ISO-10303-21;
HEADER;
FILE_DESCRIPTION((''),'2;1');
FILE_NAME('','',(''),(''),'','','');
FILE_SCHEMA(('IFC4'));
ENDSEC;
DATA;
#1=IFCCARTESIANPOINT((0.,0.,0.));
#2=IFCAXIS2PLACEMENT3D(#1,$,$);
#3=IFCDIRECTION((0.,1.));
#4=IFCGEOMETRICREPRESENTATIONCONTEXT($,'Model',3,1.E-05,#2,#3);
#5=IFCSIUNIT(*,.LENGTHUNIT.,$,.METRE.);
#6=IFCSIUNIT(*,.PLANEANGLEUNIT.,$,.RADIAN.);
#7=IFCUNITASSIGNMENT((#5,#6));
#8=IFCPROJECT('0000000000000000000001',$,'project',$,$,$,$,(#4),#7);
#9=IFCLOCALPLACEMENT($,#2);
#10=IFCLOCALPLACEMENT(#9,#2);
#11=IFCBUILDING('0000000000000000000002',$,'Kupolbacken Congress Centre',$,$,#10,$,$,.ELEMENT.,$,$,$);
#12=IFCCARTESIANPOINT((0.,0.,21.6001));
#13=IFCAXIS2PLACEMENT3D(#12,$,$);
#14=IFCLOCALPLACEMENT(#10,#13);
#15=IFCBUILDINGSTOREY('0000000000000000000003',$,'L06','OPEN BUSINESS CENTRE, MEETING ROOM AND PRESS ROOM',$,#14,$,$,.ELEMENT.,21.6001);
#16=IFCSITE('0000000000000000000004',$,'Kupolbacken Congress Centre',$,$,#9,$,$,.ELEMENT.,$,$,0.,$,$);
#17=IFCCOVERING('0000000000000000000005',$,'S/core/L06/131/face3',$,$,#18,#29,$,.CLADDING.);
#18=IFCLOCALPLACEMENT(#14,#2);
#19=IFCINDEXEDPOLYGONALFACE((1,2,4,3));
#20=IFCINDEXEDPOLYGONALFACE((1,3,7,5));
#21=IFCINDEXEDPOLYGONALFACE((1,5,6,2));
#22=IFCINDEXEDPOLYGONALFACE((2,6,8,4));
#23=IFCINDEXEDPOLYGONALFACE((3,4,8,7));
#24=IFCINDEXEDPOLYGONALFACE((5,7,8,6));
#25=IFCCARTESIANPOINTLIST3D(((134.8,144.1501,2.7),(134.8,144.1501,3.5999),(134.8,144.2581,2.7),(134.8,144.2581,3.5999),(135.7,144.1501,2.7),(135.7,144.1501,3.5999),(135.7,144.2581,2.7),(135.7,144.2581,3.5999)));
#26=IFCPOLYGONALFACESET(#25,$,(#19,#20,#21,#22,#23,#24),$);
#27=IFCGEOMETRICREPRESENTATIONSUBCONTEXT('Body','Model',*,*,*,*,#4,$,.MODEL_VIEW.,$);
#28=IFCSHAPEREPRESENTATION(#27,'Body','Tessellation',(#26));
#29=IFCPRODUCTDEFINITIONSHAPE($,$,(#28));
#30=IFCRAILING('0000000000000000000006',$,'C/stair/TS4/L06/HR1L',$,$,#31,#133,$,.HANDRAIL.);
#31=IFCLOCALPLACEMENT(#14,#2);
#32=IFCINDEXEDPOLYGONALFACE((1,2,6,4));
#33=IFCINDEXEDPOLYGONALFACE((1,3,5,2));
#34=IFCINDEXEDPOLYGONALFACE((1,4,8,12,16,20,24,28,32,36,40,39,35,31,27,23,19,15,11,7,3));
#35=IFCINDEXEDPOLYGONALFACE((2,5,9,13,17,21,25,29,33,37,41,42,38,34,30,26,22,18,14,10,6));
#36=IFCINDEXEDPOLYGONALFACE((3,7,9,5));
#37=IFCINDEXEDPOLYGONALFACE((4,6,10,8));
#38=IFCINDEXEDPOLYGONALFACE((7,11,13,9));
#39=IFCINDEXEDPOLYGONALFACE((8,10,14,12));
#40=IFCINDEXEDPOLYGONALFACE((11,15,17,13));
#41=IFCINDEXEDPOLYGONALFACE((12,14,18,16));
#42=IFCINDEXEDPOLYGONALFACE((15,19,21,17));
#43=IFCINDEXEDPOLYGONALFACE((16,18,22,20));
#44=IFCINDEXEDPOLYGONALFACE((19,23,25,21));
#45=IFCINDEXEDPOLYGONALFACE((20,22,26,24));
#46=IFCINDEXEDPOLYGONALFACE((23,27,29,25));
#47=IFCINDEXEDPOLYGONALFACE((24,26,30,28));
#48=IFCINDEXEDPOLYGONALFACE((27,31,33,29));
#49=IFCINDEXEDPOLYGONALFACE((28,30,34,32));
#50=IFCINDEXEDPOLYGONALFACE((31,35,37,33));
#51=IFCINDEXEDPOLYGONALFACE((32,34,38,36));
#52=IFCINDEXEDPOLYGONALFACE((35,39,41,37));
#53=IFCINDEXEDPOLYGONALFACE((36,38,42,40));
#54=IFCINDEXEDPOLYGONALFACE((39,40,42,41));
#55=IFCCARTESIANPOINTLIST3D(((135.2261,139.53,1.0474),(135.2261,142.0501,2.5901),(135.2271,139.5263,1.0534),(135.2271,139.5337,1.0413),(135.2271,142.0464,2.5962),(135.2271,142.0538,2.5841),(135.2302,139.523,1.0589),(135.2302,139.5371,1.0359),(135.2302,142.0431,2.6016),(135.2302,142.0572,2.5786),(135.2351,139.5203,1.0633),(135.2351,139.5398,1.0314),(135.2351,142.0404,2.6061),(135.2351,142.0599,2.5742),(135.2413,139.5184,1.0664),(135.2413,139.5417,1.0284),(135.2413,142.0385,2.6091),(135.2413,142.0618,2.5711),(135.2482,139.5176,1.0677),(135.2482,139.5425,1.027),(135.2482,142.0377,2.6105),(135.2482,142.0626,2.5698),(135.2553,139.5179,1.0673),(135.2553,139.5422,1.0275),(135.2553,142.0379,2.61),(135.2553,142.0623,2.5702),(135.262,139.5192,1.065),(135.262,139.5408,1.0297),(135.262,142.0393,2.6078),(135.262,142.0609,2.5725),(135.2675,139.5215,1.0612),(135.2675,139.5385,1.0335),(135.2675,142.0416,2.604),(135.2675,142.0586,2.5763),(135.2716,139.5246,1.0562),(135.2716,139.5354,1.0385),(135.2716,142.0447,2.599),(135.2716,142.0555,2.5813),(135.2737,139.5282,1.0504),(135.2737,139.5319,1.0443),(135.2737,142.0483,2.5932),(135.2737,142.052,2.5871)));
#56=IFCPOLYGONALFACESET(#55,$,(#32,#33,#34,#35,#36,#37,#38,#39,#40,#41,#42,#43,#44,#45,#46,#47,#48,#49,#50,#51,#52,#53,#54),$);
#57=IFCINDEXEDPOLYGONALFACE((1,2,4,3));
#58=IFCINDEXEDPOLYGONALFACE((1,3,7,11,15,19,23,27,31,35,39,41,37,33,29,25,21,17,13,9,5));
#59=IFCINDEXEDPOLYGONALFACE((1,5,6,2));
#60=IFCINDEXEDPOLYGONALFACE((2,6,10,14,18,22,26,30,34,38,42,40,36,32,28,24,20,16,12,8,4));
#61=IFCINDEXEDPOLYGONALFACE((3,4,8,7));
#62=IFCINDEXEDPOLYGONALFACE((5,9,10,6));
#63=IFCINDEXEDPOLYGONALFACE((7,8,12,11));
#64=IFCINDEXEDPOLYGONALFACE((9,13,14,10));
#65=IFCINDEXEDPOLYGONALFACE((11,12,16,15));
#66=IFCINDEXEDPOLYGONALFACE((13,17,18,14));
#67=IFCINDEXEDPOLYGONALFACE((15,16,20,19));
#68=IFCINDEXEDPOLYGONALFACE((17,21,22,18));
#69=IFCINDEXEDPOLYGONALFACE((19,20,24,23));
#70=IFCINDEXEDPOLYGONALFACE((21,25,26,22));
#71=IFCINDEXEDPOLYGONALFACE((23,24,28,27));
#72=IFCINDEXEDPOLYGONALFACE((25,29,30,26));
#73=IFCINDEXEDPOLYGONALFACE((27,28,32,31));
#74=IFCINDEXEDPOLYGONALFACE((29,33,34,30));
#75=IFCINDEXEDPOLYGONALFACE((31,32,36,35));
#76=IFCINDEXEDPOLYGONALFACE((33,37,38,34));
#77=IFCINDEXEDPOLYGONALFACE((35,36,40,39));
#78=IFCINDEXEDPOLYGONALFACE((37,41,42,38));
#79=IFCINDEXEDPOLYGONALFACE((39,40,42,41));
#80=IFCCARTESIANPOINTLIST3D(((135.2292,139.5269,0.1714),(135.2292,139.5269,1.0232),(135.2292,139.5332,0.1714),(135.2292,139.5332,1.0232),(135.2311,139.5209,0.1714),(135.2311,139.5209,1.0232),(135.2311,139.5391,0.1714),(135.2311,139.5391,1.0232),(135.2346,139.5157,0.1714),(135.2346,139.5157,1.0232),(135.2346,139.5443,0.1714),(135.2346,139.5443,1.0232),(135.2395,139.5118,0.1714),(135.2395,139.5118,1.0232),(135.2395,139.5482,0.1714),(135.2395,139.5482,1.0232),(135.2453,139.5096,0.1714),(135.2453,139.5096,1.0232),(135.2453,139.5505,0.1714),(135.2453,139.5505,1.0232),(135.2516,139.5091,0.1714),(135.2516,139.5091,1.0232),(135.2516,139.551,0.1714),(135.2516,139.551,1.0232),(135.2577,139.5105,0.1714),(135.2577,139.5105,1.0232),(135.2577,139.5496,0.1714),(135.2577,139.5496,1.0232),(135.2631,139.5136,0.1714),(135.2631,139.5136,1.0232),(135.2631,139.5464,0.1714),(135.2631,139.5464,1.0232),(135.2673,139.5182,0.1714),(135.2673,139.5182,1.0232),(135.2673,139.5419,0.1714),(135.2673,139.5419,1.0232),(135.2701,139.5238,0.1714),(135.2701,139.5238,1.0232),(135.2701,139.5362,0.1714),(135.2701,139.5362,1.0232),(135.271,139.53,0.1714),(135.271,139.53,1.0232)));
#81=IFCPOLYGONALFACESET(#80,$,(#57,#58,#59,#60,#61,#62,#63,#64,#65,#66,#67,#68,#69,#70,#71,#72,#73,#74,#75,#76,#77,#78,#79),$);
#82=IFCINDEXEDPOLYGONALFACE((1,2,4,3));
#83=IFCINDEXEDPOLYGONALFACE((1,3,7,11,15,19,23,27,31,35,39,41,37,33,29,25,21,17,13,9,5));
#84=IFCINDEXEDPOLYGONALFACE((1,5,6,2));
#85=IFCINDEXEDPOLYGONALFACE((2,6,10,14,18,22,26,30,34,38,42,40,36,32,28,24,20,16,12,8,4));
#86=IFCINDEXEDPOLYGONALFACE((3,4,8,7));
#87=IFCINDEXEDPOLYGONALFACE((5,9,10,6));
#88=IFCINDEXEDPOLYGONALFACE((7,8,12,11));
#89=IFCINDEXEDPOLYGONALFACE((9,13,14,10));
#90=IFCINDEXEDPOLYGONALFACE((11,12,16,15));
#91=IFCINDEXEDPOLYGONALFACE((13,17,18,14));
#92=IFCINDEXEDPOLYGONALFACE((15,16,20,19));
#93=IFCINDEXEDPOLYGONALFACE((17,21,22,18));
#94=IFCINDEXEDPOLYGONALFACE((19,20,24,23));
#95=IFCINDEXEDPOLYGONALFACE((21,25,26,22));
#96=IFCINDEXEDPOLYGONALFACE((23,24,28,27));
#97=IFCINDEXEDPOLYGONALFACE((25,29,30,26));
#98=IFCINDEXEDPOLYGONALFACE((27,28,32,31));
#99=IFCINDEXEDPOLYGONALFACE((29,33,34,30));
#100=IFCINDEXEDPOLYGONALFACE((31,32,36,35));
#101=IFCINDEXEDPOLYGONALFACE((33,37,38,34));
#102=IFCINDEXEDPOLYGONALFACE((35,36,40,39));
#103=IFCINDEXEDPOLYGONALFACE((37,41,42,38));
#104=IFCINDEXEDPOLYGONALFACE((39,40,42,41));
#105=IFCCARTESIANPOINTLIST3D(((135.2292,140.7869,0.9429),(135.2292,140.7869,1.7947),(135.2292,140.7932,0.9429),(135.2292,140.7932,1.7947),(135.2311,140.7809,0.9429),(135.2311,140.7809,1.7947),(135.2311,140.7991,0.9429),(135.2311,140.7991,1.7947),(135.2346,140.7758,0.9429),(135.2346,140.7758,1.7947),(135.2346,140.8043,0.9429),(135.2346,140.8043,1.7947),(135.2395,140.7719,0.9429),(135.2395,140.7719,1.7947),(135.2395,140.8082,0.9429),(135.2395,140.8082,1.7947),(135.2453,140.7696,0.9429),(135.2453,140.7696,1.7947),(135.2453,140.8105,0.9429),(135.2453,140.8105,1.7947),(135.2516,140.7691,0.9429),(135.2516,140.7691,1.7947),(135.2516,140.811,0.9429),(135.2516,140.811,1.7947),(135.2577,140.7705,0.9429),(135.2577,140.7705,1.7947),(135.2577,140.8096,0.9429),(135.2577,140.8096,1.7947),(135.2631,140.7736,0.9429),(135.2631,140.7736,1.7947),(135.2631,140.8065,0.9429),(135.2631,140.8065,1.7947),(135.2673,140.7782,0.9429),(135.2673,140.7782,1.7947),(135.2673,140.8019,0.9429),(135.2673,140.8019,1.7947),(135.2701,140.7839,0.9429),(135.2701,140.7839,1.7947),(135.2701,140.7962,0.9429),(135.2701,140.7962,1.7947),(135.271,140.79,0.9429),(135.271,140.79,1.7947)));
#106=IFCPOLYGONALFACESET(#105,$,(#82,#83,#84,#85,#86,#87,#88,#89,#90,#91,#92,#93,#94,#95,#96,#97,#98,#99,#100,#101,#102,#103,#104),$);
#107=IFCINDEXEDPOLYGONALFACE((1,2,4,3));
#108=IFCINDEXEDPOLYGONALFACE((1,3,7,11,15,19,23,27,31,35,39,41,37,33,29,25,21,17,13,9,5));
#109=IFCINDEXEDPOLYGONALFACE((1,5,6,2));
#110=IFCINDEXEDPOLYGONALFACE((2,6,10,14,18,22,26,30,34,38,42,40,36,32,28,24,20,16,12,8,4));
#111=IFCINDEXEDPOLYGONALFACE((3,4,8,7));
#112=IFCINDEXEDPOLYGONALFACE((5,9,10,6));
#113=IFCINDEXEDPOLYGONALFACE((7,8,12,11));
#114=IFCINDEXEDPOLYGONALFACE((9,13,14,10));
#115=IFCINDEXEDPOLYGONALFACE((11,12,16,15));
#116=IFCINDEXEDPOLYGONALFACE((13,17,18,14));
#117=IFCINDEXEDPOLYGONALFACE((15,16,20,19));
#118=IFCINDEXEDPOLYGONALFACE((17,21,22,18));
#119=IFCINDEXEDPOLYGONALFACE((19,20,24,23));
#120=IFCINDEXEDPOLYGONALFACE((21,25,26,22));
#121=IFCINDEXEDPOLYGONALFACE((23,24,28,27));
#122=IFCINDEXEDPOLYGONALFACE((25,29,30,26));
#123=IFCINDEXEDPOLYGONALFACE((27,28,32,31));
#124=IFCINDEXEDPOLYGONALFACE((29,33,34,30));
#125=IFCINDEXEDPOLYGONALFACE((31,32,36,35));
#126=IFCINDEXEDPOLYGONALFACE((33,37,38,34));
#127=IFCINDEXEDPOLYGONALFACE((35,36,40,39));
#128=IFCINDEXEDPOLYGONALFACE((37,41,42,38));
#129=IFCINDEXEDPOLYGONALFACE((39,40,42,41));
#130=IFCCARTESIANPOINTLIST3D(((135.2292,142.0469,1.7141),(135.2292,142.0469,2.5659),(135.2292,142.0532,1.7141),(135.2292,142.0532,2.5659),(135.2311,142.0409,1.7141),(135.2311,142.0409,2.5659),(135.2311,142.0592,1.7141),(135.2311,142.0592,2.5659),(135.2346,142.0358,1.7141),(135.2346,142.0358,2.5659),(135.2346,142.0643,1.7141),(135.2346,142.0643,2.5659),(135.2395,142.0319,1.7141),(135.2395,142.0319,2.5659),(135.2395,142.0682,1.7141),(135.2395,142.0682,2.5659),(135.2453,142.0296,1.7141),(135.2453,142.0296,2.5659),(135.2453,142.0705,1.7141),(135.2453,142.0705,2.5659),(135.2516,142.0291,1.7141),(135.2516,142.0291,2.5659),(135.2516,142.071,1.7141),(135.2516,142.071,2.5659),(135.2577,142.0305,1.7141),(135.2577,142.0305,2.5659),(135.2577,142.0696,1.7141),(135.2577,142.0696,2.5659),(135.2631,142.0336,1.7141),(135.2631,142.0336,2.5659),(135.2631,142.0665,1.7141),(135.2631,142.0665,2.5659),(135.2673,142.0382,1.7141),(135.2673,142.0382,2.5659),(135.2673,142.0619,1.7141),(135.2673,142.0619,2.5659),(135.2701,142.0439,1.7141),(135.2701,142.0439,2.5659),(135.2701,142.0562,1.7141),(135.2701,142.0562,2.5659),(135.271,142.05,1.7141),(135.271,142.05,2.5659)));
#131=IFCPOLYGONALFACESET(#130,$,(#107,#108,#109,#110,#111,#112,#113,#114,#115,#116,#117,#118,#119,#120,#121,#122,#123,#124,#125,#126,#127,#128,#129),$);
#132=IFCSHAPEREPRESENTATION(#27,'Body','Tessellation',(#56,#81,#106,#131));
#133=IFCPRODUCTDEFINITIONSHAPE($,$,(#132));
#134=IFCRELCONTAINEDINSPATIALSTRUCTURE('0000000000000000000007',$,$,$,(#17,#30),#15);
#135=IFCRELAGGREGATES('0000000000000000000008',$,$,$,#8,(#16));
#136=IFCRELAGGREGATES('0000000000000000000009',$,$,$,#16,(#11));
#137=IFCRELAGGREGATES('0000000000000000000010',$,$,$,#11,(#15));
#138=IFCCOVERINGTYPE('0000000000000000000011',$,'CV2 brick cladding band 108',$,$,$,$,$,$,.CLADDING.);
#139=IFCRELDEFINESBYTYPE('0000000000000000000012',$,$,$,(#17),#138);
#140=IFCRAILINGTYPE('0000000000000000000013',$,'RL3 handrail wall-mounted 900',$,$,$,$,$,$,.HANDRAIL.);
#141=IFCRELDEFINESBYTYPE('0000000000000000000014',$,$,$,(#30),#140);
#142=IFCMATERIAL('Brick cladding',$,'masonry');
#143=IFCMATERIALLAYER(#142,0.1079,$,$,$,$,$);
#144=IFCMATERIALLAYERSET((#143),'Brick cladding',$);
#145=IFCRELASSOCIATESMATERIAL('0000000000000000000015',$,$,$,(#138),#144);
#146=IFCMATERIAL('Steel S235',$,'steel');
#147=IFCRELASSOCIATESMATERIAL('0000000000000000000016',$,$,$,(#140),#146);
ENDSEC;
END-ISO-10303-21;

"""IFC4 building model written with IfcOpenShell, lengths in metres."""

from ifc_helpers import new_model, si_unit, direction, frame, origin, origin_2d, place, context, subcontext, project, spatial, rectangle, circle, extrude, material, layer, layer_set, type_object, element, save


model = new_model("IFC4")

# Units and contexts
model_context = context("Model", 3, precision=1e-05, world=origin(), true_north=direction((0.0, 1.0)))
body_context = subcontext(model_context, "Body", "Model", "MODEL_VIEW")
ifc_project = project(units=[si_unit("LENGTHUNIT", "METRE"), si_unit("PLANEANGLEUNIT", "RADIAN")], contexts=[model_context])

# Site, building, storey
site_placement = place(None, origin())
site = spatial("IfcSite", under=ifc_project, at=site_placement, Name="Kupolbacken Congress Centre", CompositionType="ELEMENT", RefElevation=0.0)
building_placement = place(site_placement, origin())
building = spatial("IfcBuilding", under=site, at=building_placement, Name="Kupolbacken Congress Centre", CompositionType="ELEMENT")
storey_placement = place(building_placement, frame((0.0, 0.0, 21.6001)))
storey = spatial("IfcBuildingStorey", under=building, at=storey_placement, Name="L06", Description="OPEN BUSINESS CENTRE, MEETING ROOM AND PRESS ROOM", CompositionType="ELEMENT", Elevation=21.6001)

# Covering
ifc_material_1 = material(Name="Brick cladding", Category="masonry")
ifc_layer_1 = layer(ifc_material_1, 0.1079)
ifc_layer_set_1 = layer_set([ifc_layer_1], Name="Brick cladding")
covering_type_1 = type_object("IfcCoveringType", Name="CV2 brick cladding band 108", PredefinedType="CLADDING", material=ifc_layer_set_1)
covering_1_placement = place(storey_placement, frame((135.25, 144.2041, 2.7), z_axis=(0.0, 0.0, 1.0), x_axis=(-1.0, 0.0, 0.0)))
element("IfcCovering", 1, at=covering_1_placement, inside=storey, type_object=covering_type_1, Name="S/core/L06/131/face3", PredefinedType="CLADDING", context=body_context, shape_type="SweptSolid", body=[
    extrude(rectangle(XDim=0.8999, YDim=0.1079, at=origin_2d()), origin(), (0.0, 0.0, 1.0), 0.8999),
])

# Railing
ifc_material_2 = material(Name="Steel S235", Category="steel")
railing_type = type_object("IfcRailingType", Name="RL3 handrail wall-mounted 900", PredefinedType="HANDRAIL", material=ifc_material_2)
for number, where, name in (
    (2, (135.25, 139.53, 0.1714), "C/stair/TS4/L06/HR1L"),
):
    element("IfcRailing", number, at=place(storey_placement, frame(where)), inside=storey, type_object=railing_type, Name=name, PredefinedType="HANDRAIL", context=body_context, shape_type="SweptSolid", body=[
        extrude(circle(Radius=0.0239, at=origin_2d()), frame((0.0, 0.0, 0.876), z_axis=(0.0, 0.852873, 0.522118), x_axis=(-1.0, 0.0, 0.0)), (0.0, 0.0, 1.0), 2.9548),
        extrude(circle(Radius=0.021, at=origin_2d()), origin(), (0.0, 0.0, 1.0), 0.8518),
        extrude(circle(Radius=0.021, at=origin_2d()), frame((0.0, 1.26, 0.7715)), (0.0, 0.0, 1.0), 0.8518),
        extrude(circle(Radius=0.021, at=origin_2d()), frame((0.0, 2.52, 1.5427)), (0.0, 0.0, 1.0), 0.8518),
    ])

save(model, "model.ifc")
